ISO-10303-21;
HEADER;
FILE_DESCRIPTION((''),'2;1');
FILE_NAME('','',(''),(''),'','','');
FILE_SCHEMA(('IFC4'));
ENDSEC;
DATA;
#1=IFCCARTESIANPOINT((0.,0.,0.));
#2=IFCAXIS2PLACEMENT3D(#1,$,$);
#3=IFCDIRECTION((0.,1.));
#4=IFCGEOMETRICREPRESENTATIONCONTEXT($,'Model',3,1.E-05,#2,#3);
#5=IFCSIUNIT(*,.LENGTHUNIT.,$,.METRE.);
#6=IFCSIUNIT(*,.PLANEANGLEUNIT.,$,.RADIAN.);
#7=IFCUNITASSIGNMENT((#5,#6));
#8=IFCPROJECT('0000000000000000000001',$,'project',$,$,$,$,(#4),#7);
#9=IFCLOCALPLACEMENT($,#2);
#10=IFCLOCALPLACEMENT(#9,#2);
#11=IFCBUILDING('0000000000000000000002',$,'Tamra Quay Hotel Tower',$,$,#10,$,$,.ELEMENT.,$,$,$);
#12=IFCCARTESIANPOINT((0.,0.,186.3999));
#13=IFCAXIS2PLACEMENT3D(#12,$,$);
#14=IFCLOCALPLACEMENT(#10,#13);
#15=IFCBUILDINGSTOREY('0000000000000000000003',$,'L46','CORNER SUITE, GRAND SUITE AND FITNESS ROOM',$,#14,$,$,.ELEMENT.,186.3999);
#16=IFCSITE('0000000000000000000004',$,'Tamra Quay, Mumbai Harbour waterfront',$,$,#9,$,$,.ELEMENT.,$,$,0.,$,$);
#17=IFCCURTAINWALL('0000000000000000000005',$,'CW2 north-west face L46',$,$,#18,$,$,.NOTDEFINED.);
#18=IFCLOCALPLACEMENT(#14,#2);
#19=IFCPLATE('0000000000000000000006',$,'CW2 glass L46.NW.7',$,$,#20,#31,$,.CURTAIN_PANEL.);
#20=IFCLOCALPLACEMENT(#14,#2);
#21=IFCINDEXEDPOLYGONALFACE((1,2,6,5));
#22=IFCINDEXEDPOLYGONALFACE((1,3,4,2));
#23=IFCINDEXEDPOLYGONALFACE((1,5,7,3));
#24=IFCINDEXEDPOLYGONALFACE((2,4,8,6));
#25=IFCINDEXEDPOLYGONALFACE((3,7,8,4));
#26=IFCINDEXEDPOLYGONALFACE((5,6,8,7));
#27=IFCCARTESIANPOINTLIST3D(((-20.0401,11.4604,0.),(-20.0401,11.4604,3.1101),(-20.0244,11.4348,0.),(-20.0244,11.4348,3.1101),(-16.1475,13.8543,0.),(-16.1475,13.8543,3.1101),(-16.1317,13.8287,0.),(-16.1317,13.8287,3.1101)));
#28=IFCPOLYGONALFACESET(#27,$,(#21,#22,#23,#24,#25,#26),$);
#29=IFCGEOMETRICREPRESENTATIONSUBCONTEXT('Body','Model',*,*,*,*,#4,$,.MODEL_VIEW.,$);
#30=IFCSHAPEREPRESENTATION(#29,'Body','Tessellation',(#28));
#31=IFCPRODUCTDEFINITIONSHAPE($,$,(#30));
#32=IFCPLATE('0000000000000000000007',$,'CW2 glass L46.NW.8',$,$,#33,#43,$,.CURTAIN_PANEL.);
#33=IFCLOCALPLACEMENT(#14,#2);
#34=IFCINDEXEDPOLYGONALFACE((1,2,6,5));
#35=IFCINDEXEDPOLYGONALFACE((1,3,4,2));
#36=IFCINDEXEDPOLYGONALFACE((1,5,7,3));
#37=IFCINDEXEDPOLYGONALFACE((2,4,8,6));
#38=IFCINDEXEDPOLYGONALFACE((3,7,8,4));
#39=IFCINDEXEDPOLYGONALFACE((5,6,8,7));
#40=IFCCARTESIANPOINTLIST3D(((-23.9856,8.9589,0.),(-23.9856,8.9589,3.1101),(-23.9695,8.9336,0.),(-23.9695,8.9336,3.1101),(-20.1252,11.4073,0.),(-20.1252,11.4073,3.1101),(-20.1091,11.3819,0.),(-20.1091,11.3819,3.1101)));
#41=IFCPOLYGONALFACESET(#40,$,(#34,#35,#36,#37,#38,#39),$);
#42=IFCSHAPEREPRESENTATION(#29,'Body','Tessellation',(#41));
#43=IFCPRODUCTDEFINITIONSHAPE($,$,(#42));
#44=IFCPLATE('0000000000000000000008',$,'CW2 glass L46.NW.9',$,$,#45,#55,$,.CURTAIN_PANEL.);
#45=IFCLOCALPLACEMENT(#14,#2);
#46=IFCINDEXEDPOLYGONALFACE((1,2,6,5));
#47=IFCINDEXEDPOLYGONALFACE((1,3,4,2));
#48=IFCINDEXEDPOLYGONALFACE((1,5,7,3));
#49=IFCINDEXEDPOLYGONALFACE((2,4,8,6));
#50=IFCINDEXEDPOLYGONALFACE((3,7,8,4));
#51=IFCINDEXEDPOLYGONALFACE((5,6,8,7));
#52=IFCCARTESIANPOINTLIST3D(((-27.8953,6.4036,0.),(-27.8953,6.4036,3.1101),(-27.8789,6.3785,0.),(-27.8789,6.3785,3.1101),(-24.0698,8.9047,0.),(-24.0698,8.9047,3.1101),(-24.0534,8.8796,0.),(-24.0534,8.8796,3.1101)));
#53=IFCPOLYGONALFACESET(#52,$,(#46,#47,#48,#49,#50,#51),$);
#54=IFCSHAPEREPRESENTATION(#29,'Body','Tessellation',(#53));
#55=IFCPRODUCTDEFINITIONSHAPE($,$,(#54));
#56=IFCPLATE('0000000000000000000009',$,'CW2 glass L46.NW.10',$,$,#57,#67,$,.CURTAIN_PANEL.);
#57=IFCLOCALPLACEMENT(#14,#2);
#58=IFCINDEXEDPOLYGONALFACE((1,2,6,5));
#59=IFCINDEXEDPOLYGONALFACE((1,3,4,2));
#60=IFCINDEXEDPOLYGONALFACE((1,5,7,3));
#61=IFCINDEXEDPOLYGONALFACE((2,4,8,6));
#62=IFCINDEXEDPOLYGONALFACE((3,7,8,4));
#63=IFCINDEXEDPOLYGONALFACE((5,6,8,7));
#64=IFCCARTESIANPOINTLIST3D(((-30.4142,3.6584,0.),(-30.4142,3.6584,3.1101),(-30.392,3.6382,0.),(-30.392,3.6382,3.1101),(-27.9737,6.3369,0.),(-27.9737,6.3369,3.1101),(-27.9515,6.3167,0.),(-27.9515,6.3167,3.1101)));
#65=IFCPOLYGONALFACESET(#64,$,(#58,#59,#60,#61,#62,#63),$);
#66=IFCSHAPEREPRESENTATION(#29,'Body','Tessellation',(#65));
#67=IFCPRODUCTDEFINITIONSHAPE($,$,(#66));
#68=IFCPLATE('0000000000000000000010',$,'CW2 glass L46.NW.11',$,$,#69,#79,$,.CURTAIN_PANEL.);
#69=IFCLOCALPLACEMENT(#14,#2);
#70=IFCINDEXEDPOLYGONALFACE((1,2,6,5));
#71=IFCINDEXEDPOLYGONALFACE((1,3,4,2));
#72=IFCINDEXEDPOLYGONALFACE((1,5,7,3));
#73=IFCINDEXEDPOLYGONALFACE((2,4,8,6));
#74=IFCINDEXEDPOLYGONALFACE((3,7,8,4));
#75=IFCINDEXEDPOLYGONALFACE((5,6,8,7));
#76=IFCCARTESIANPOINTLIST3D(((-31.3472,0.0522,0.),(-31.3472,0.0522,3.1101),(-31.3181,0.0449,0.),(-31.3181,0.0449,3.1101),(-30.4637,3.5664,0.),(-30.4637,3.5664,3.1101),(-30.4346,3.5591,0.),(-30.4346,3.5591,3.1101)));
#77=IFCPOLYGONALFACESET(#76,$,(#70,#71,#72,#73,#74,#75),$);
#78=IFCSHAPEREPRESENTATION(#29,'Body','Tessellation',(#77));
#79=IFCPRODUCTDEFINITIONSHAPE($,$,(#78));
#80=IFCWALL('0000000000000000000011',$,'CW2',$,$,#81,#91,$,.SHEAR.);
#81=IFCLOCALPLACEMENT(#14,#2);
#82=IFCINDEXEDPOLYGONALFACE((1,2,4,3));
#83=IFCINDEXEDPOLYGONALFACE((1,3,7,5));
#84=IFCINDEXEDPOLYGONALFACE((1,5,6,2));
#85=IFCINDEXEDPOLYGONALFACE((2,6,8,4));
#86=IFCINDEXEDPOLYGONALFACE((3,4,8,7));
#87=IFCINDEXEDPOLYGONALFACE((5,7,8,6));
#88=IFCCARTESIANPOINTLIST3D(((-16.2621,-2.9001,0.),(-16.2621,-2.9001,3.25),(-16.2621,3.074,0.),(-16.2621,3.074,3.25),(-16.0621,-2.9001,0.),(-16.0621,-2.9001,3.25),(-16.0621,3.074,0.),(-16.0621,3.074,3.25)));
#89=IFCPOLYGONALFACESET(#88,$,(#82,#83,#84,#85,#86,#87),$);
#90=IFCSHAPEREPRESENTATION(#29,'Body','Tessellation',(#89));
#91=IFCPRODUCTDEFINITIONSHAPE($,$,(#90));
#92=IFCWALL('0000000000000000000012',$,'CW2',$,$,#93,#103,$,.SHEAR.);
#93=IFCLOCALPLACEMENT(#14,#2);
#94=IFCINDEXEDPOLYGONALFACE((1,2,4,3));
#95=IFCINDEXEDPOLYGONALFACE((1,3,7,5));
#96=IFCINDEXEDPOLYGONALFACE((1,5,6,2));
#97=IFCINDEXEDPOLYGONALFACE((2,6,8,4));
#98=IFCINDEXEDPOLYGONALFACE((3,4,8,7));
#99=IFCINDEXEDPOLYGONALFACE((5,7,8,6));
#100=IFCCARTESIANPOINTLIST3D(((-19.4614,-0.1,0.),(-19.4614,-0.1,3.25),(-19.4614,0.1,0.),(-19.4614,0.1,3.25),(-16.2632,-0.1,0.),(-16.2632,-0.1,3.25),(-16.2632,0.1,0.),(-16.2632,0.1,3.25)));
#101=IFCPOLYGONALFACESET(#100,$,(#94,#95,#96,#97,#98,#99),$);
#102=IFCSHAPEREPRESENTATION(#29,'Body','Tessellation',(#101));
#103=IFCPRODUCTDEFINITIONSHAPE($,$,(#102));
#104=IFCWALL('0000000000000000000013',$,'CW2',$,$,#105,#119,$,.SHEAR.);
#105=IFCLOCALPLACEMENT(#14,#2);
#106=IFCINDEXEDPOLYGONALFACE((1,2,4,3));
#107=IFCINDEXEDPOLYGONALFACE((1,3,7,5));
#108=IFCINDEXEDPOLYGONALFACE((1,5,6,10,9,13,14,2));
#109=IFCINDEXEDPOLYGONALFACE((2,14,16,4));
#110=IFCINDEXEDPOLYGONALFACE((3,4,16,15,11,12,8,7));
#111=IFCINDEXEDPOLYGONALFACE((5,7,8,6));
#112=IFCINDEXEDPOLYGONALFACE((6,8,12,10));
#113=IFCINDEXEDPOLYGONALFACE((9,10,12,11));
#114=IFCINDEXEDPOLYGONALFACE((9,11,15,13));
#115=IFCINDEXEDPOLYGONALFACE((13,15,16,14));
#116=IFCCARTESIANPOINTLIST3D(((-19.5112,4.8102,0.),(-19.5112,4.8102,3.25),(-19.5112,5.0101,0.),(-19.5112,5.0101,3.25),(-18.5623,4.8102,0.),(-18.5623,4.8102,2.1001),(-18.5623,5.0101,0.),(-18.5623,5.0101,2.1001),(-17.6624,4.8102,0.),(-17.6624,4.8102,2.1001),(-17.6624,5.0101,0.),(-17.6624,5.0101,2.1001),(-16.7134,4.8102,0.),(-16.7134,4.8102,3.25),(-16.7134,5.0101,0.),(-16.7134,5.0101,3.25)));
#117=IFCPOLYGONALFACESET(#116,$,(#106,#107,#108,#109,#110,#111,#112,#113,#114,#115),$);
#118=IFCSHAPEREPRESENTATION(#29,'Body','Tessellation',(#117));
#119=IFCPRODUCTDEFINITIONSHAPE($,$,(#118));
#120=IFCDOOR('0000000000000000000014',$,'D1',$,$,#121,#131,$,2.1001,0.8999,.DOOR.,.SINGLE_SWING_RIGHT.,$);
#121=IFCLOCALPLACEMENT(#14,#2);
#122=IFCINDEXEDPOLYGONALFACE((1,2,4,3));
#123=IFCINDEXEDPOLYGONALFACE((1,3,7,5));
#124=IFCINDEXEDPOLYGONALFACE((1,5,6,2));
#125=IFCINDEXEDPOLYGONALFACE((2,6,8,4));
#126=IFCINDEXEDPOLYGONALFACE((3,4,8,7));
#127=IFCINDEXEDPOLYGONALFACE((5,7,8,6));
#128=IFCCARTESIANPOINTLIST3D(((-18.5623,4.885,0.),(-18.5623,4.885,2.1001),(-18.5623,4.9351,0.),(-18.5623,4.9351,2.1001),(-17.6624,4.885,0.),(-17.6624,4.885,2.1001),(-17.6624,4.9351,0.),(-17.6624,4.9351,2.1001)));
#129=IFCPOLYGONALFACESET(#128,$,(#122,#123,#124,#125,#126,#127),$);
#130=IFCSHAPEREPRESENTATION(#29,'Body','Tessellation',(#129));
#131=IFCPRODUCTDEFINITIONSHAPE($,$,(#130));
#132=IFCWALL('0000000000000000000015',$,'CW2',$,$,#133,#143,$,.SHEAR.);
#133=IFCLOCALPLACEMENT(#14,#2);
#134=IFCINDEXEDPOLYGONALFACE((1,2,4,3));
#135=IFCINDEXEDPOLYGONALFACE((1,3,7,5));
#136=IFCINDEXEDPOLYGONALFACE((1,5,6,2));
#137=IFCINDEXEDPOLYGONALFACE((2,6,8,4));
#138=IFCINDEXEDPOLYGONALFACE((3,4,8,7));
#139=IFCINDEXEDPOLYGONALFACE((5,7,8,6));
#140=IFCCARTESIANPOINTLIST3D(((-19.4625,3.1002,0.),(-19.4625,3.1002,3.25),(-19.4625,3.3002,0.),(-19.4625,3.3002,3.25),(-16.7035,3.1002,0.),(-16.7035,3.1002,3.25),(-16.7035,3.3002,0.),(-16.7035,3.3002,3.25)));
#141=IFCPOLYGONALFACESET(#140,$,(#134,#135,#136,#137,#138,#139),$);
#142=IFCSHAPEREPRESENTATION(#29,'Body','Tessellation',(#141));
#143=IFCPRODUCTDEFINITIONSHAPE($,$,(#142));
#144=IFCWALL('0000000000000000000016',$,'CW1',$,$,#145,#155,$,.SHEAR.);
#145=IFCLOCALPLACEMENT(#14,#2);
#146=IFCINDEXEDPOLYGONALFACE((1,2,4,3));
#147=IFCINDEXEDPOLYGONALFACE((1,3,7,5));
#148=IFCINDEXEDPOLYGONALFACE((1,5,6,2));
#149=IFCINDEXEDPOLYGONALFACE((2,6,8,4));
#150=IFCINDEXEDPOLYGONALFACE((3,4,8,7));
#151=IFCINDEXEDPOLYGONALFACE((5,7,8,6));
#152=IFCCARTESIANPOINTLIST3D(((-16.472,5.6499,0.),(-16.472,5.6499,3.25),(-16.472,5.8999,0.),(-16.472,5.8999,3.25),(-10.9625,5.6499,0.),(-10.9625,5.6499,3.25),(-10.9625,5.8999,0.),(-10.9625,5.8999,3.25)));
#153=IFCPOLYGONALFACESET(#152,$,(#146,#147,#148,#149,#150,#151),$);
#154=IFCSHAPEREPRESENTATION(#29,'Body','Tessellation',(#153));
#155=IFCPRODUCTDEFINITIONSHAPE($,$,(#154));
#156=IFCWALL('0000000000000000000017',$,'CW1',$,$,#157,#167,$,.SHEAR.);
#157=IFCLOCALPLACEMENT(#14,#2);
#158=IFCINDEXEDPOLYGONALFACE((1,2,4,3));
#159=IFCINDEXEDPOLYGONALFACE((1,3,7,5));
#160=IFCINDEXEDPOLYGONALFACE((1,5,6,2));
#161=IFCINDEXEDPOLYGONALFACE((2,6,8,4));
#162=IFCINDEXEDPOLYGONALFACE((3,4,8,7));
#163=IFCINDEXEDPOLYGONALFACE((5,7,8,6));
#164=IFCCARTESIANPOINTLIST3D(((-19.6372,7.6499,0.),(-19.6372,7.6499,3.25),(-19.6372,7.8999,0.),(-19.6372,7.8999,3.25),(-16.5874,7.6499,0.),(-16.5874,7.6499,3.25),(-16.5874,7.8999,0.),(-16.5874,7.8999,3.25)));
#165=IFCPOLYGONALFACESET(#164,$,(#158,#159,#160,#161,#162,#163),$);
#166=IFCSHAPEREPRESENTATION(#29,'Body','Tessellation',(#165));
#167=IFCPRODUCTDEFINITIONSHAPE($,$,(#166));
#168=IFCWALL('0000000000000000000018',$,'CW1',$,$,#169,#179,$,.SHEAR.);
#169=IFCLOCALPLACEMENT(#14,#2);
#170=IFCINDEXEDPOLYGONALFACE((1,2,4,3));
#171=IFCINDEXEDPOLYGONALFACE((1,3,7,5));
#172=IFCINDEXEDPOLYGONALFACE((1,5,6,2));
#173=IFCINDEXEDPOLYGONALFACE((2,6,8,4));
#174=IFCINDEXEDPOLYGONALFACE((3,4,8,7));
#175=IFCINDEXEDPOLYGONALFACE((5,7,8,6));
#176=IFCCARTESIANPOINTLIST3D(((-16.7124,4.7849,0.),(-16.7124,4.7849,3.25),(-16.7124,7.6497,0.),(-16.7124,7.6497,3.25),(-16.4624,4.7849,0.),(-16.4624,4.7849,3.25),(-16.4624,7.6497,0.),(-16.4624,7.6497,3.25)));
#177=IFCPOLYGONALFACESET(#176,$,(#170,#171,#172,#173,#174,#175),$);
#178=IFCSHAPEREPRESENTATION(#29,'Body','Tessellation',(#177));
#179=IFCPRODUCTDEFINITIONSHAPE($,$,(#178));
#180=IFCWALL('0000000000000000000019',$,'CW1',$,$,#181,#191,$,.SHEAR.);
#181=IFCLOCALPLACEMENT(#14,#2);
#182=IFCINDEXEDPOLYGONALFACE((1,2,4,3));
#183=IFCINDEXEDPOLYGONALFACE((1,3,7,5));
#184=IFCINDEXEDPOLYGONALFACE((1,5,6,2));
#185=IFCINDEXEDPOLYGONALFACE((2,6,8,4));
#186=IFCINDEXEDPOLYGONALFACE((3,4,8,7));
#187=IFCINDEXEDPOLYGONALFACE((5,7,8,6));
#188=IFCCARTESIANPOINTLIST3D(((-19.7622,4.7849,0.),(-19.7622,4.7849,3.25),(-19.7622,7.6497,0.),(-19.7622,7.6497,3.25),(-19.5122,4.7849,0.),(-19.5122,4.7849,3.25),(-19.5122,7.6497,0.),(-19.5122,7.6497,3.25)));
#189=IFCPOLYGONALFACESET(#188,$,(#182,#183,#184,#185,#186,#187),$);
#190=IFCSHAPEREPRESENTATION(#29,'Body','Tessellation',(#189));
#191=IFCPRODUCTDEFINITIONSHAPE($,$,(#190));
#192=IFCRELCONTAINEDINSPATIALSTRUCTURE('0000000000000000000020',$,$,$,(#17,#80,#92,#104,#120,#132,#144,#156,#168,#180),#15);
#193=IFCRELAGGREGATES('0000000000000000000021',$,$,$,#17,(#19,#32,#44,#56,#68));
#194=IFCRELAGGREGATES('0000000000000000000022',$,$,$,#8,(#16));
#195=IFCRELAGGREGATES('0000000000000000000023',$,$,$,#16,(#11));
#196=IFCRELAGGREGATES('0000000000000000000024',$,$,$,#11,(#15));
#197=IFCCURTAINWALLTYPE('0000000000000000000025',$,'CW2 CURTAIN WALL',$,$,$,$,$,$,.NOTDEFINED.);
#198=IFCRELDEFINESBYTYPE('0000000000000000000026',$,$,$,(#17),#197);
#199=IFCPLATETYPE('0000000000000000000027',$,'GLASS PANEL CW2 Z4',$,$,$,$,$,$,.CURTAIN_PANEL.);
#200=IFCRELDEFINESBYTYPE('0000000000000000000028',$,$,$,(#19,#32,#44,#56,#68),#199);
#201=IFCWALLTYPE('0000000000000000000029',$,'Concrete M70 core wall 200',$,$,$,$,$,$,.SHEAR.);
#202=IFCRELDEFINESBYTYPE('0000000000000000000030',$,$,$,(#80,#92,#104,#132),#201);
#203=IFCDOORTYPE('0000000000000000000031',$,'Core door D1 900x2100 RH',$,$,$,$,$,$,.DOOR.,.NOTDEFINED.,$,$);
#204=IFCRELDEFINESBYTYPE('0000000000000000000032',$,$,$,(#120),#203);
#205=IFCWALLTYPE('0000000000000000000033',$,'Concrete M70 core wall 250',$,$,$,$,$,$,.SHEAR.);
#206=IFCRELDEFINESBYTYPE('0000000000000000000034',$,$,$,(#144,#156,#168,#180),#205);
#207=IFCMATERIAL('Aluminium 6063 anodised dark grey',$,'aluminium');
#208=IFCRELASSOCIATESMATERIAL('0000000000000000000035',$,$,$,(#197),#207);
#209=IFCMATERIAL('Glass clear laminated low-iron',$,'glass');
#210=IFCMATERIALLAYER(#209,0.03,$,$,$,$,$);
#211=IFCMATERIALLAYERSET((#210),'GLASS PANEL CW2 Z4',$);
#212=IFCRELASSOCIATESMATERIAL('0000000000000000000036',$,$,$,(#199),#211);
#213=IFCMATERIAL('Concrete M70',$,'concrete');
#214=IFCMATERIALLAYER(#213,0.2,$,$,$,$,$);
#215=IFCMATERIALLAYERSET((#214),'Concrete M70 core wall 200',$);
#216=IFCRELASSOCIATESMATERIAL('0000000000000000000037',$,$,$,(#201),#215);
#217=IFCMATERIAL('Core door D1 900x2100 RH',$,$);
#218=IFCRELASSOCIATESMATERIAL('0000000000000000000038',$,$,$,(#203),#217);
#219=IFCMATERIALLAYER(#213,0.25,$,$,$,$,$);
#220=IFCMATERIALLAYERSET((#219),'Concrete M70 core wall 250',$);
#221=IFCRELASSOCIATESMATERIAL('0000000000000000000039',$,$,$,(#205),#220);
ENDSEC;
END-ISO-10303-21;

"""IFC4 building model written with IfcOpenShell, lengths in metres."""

from ifc_helpers import new_model, si_unit, direction, frame, frame_2d, origin, origin_2d, place, context, subcontext, project, spatial, rectangle, extrude, material, layer, layer_set, type_object, element, fill, aggregate, save


model = new_model("IFC4")

# Units and contexts
model_context = context("Model", 3, precision=1e-05, world=origin(), true_north=direction((0.0, 1.0)))
body_context = subcontext(model_context, "Body", "Model", "MODEL_VIEW")
ifc_project = project(units=[si_unit("LENGTHUNIT", "METRE"), si_unit("PLANEANGLEUNIT", "RADIAN")], contexts=[model_context])

# Site, building, storey
site_placement = place(None, origin())
site = spatial("IfcSite", under=ifc_project, at=site_placement, Name="Tamra Quay, Mumbai Harbour waterfront", CompositionType="ELEMENT", RefElevation=0.0)
building_placement = place(site_placement, origin())
building = spatial("IfcBuilding", under=site, at=building_placement, Name="Tamra Quay Hotel Tower", CompositionType="ELEMENT")
storey_placement = place(building_placement, frame((0.0, 0.0, 186.3999)))
storey = spatial("IfcBuildingStorey", under=building, at=storey_placement, Name="L46", Description="CORNER SUITE, GRAND SUITE AND FITNESS ROOM", CompositionType="ELEMENT", Elevation=186.3999)

# Shared definitions
ifc_material_1 = material(Name="Concrete M70", Category="concrete")

# Curtain wall
ifc_material_2 = material(Name="Aluminium 6063 anodised dark grey", Category="aluminium")
curtain_wall_type = type_object("IfcCurtainWallType", Name="CW2 CURTAIN WALL", PredefinedType="NOTDEFINED", material=ifc_material_2)
curtain_wall_placement = place(storey_placement, origin())
curtain_wall = element("IfcCurtainWall", 1, at=curtain_wall_placement, inside=storey, type_object=curtain_wall_type, Name="CW2 north-west face L46", PredefinedType="NOTDEFINED")

# Plates
ifc_material_3 = material(Name="Glass clear laminated low-iron", Category="glass")
ifc_layer_1 = layer(ifc_material_3, 0.03)
ifc_layer_set_1 = layer_set([ifc_layer_1], Name="GLASS PANEL CW2 Z4")
plate_type = type_object("IfcPlateType", Name="GLASS PANEL CW2 Z4", PredefinedType="CURTAIN_PANEL", material=ifc_layer_set_1)
plate_1_placement = place(storey_placement, frame((-18.0859, 12.6445, 0.0), z_axis=(0.0, 0.0, 1.0), x_axis=(-0.851815, -0.523843, 0.0)))
plate_1 = element("IfcPlate", 2, at=plate_1_placement, type_object=plate_type, Name="CW2 glass L46.NW.7", PredefinedType="CURTAIN_PANEL", context=body_context, shape_type="SweptSolid", body=[
    extrude(rectangle(XDim=4.5698, YDim=0.03, at=origin_2d()), origin(), (0.0, 0.0, 1.0), 3.1101),
])
plate_2_placement = place(storey_placement, frame((-22.0474, 10.1704, 0.0), z_axis=(0.0, 0.0, 1.0), x_axis=(-0.844476, -0.535593, 0.0)))
plate_2 = element("IfcPlate", 3, at=plate_2_placement, type_object=plate_type, Name="CW2 glass L46.NW.8", PredefinedType="CURTAIN_PANEL", context=body_context, shape_type="SweptSolid", body=[
    extrude(rectangle(XDim=4.5713, YDim=0.03, at=origin_2d()), origin(), (0.0, 0.0, 1.0), 3.1101),
])
plate_3_placement = place(storey_placement, frame((-25.9744, 7.6416, 0.0), z_axis=(0.0, 0.0, 1.0), x_axis=(-0.836986, -0.547224, 0.0)))
plate_3 = element("IfcPlate", 4, at=plate_3_placement, type_object=plate_type, Name="CW2 glass L46.NW.9", PredefinedType="CURTAIN_PANEL", context=body_context, shape_type="SweptSolid", body=[
    extrude(rectangle(XDim=4.5706, YDim=0.03, at=origin_2d()), origin(), (0.0, 0.0, 1.0), 3.1101),
])
plate_4_placement = place(storey_placement, frame((-29.1829, 4.9875, 0.0), z_axis=(0.0, 0.0, 1.0), x_axis=(-0.673496, -0.739191, 0.0)))
plate_4 = element("IfcPlate", 5, at=plate_4_placement, type_object=plate_type, Name="CW2 glass L46.NW.10", PredefinedType="CURTAIN_PANEL", context=body_context, shape_type="SweptSolid", body=[
    extrude(rectangle(XDim=3.6235, YDim=0.03, at=origin_2d()), origin(), (0.0, 0.0, 1.0), 3.1101),
])
plate_5_placement = place(storey_placement, frame((-30.8909, 1.8057, 0.0), z_axis=(0.0, 0.0, 1.0), x_axis=(-0.243826, -0.969819, 0.0)))
plate_5 = element("IfcPlate", 6, at=plate_5_placement, type_object=plate_type, Name="CW2 glass L46.NW.11", PredefinedType="CURTAIN_PANEL", context=body_context, shape_type="SweptSolid", body=[
    extrude(rectangle(XDim=3.6235, YDim=0.03, at=origin_2d()), origin(), (0.0, 0.0, 1.0), 3.1101),
])
aggregate(curtain_wall, [plate_1, plate_2, plate_3, plate_4, plate_5])

# Walls
ifc_layer_2 = layer(ifc_material_1, 0.2)
ifc_layer_set_2 = layer_set([ifc_layer_2], Name="Concrete M70 core wall 200")
wall_type_1 = type_object("IfcWallType", Name="Concrete M70 core wall 200", PredefinedType="SHEAR", material=ifc_layer_set_2)
wall_1_placement = place(storey_placement, frame((-16.1621, 3.074, 0.0), z_axis=(0.0, 0.0, 1.0), x_axis=(0.0, -1.0, 0.0)))
element("IfcWall", 7, at=wall_1_placement, inside=storey, type_object=wall_type_1, Name="CW2", PredefinedType="SHEAR", context=body_context, shape_type="SweptSolid", body=[
    extrude(rectangle(XDim=5.9741, YDim=0.2, at=frame_2d((2.9871, 0.0))), origin(), (0.0, 0.0, 1.0), 3.25),
])
wall_2_placement = place(storey_placement, frame((-16.2632, 0.0, 0.0), z_axis=(0.0, 0.0, 1.0), x_axis=(-1.0, 0.0, 0.0)))
element("IfcWall", 8, at=wall_2_placement, inside=storey, type_object=wall_type_1, Name="CW2", PredefinedType="SHEAR", context=body_context, shape_type="SweptSolid", body=[
    extrude(rectangle(XDim=3.1982, YDim=0.2, at=frame_2d((1.5991, 0.0))), origin(), (0.0, 0.0, 1.0), 3.25),
])

# Wall, opening, door
wall_3_placement = place(storey_placement, frame((-19.5112, 4.9102, 0.0), z_axis=(0.0, 0.0, 1.0), x_axis=(1.0, 0.0, 0.0)))
wall_3 = element("IfcWall", 9, at=wall_3_placement, inside=storey, type_object=wall_type_1, Name="CW2", PredefinedType="SHEAR", context=body_context, shape_type="SweptSolid", body=[
    extrude(rectangle(XDim=2.7979, YDim=0.2, at=frame_2d((1.3989, 0.0))), origin(), (0.0, 0.0, 1.0), 3.25),
])
opening_placement = place(wall_3_placement, frame((0.949, 0.0, 0.0)))
opening = element("IfcOpeningElement", 10, at=opening_placement, cuts=wall_3, PredefinedType="OPENING", context=body_context, shape_type="SweptSolid", body=[
    extrude(rectangle(XDim=0.8999, YDim=2.1001, at=frame_2d((0.45, 1.05))), frame((0.0, 0.1099, 0.0), z_axis=(0.0, -1.0, 0.0), x_axis=(1.0, 0.0, 0.0)), (0.0, 0.0, 1.0), 0.22),
])
ifc_material_4 = material(Name="Core door D1 900x2100 RH")
door_type = type_object("IfcDoorType", Name="Core door D1 900x2100 RH", OperationType="NOTDEFINED", PredefinedType="DOOR", material=ifc_material_4)
door_placement = place(opening_placement, origin())
door = element("IfcDoor", 11, at=door_placement, inside=storey, type_object=door_type, Name="D1", OperationType="SINGLE_SWING_RIGHT", OverallHeight=2.1001, OverallWidth=0.8999, PredefinedType="DOOR", context=body_context, shape_type="SweptSolid", body=[
    extrude(rectangle(XDim=0.8999, YDim=2.1001, at=frame_2d((0.45, 1.05))), frame((0.0, 0.0249, 0.0), z_axis=(0.0, -1.0, 0.0), x_axis=(1.0, 0.0, 0.0)), (0.0, 0.0, 1.0), 0.05),
])
fill(opening, door)

# Walls
wall_4_placement = place(storey_placement, frame((-19.4624, 3.2002, 0.0), z_axis=(0.0, 0.0, 1.0), x_axis=(1.0, 0.0, 0.0)))
element("IfcWall", 12, at=wall_4_placement, inside=storey, type_object=wall_type_1, Name="CW2", PredefinedType="SHEAR", context=body_context, shape_type="SweptSolid", body=[
    extrude(rectangle(XDim=2.759, YDim=0.2, at=frame_2d((1.3794, 0.0))), origin(), (0.0, 0.0, 1.0), 3.25),
])
ifc_layer_3 = layer(ifc_material_1, 0.25)
ifc_layer_set_3 = layer_set([ifc_layer_3], Name="Concrete M70 core wall 250")
wall_type_2 = type_object("IfcWallType", Name="Concrete M70 core wall 250", PredefinedType="SHEAR", material=ifc_layer_set_3)
wall_5_placement = place(storey_placement, frame((-16.4722, 5.7749, 0.0), z_axis=(0.0, 0.0, 1.0), x_axis=(1.0, 0.0, 0.0)))
element("IfcWall", 13, at=wall_5_placement, inside=storey, type_object=wall_type_2, Name="CW1", PredefinedType="SHEAR", context=body_context, shape_type="SweptSolid", body=[
    extrude(rectangle(XDim=5.5095, YDim=0.25, at=frame_2d((2.7549, 0.0))), origin(), (0.0, 0.0, 1.0), 3.25),
])
wall_6_placement = place(storey_placement, frame((-19.6372, 7.7749, 0.0), z_axis=(0.0, 0.0, 1.0), x_axis=(1.0, 0.0, 0.0)))
element("IfcWall", 14, at=wall_6_placement, inside=storey, type_object=wall_type_2, Name="CW1", PredefinedType="SHEAR", context=body_context, shape_type="SweptSolid", body=[
    extrude(rectangle(XDim=3.0498, YDim=0.25, at=frame_2d((1.5249, 0.0))), origin(), (0.0, 0.0, 1.0), 3.25),
])
for number, where, z_axis, x_axis, name in (
    (15, (-16.5874, 7.6497, 0.0), (0.0, 0.0, 1.0), (0.0, -1.0, 0.0), "CW1"),
    (16, (-19.6372, 4.7849, 0.0), (0.0, 0.0, 1.0), (0.0, 1.0, 0.0), "CW1"),
):
    element("IfcWall", number, at=place(storey_placement, frame(where, z_axis=z_axis, x_axis=x_axis)), inside=storey, type_object=wall_type_2, Name=name, PredefinedType="SHEAR", context=body_context, shape_type="SweptSolid", body=[
        extrude(rectangle(XDim=2.8647, YDim=0.25, at=frame_2d((1.4324, 0.0))), origin(), (0.0, 0.0, 1.0), 3.25),
    ])

save(model, "model.ifc")
